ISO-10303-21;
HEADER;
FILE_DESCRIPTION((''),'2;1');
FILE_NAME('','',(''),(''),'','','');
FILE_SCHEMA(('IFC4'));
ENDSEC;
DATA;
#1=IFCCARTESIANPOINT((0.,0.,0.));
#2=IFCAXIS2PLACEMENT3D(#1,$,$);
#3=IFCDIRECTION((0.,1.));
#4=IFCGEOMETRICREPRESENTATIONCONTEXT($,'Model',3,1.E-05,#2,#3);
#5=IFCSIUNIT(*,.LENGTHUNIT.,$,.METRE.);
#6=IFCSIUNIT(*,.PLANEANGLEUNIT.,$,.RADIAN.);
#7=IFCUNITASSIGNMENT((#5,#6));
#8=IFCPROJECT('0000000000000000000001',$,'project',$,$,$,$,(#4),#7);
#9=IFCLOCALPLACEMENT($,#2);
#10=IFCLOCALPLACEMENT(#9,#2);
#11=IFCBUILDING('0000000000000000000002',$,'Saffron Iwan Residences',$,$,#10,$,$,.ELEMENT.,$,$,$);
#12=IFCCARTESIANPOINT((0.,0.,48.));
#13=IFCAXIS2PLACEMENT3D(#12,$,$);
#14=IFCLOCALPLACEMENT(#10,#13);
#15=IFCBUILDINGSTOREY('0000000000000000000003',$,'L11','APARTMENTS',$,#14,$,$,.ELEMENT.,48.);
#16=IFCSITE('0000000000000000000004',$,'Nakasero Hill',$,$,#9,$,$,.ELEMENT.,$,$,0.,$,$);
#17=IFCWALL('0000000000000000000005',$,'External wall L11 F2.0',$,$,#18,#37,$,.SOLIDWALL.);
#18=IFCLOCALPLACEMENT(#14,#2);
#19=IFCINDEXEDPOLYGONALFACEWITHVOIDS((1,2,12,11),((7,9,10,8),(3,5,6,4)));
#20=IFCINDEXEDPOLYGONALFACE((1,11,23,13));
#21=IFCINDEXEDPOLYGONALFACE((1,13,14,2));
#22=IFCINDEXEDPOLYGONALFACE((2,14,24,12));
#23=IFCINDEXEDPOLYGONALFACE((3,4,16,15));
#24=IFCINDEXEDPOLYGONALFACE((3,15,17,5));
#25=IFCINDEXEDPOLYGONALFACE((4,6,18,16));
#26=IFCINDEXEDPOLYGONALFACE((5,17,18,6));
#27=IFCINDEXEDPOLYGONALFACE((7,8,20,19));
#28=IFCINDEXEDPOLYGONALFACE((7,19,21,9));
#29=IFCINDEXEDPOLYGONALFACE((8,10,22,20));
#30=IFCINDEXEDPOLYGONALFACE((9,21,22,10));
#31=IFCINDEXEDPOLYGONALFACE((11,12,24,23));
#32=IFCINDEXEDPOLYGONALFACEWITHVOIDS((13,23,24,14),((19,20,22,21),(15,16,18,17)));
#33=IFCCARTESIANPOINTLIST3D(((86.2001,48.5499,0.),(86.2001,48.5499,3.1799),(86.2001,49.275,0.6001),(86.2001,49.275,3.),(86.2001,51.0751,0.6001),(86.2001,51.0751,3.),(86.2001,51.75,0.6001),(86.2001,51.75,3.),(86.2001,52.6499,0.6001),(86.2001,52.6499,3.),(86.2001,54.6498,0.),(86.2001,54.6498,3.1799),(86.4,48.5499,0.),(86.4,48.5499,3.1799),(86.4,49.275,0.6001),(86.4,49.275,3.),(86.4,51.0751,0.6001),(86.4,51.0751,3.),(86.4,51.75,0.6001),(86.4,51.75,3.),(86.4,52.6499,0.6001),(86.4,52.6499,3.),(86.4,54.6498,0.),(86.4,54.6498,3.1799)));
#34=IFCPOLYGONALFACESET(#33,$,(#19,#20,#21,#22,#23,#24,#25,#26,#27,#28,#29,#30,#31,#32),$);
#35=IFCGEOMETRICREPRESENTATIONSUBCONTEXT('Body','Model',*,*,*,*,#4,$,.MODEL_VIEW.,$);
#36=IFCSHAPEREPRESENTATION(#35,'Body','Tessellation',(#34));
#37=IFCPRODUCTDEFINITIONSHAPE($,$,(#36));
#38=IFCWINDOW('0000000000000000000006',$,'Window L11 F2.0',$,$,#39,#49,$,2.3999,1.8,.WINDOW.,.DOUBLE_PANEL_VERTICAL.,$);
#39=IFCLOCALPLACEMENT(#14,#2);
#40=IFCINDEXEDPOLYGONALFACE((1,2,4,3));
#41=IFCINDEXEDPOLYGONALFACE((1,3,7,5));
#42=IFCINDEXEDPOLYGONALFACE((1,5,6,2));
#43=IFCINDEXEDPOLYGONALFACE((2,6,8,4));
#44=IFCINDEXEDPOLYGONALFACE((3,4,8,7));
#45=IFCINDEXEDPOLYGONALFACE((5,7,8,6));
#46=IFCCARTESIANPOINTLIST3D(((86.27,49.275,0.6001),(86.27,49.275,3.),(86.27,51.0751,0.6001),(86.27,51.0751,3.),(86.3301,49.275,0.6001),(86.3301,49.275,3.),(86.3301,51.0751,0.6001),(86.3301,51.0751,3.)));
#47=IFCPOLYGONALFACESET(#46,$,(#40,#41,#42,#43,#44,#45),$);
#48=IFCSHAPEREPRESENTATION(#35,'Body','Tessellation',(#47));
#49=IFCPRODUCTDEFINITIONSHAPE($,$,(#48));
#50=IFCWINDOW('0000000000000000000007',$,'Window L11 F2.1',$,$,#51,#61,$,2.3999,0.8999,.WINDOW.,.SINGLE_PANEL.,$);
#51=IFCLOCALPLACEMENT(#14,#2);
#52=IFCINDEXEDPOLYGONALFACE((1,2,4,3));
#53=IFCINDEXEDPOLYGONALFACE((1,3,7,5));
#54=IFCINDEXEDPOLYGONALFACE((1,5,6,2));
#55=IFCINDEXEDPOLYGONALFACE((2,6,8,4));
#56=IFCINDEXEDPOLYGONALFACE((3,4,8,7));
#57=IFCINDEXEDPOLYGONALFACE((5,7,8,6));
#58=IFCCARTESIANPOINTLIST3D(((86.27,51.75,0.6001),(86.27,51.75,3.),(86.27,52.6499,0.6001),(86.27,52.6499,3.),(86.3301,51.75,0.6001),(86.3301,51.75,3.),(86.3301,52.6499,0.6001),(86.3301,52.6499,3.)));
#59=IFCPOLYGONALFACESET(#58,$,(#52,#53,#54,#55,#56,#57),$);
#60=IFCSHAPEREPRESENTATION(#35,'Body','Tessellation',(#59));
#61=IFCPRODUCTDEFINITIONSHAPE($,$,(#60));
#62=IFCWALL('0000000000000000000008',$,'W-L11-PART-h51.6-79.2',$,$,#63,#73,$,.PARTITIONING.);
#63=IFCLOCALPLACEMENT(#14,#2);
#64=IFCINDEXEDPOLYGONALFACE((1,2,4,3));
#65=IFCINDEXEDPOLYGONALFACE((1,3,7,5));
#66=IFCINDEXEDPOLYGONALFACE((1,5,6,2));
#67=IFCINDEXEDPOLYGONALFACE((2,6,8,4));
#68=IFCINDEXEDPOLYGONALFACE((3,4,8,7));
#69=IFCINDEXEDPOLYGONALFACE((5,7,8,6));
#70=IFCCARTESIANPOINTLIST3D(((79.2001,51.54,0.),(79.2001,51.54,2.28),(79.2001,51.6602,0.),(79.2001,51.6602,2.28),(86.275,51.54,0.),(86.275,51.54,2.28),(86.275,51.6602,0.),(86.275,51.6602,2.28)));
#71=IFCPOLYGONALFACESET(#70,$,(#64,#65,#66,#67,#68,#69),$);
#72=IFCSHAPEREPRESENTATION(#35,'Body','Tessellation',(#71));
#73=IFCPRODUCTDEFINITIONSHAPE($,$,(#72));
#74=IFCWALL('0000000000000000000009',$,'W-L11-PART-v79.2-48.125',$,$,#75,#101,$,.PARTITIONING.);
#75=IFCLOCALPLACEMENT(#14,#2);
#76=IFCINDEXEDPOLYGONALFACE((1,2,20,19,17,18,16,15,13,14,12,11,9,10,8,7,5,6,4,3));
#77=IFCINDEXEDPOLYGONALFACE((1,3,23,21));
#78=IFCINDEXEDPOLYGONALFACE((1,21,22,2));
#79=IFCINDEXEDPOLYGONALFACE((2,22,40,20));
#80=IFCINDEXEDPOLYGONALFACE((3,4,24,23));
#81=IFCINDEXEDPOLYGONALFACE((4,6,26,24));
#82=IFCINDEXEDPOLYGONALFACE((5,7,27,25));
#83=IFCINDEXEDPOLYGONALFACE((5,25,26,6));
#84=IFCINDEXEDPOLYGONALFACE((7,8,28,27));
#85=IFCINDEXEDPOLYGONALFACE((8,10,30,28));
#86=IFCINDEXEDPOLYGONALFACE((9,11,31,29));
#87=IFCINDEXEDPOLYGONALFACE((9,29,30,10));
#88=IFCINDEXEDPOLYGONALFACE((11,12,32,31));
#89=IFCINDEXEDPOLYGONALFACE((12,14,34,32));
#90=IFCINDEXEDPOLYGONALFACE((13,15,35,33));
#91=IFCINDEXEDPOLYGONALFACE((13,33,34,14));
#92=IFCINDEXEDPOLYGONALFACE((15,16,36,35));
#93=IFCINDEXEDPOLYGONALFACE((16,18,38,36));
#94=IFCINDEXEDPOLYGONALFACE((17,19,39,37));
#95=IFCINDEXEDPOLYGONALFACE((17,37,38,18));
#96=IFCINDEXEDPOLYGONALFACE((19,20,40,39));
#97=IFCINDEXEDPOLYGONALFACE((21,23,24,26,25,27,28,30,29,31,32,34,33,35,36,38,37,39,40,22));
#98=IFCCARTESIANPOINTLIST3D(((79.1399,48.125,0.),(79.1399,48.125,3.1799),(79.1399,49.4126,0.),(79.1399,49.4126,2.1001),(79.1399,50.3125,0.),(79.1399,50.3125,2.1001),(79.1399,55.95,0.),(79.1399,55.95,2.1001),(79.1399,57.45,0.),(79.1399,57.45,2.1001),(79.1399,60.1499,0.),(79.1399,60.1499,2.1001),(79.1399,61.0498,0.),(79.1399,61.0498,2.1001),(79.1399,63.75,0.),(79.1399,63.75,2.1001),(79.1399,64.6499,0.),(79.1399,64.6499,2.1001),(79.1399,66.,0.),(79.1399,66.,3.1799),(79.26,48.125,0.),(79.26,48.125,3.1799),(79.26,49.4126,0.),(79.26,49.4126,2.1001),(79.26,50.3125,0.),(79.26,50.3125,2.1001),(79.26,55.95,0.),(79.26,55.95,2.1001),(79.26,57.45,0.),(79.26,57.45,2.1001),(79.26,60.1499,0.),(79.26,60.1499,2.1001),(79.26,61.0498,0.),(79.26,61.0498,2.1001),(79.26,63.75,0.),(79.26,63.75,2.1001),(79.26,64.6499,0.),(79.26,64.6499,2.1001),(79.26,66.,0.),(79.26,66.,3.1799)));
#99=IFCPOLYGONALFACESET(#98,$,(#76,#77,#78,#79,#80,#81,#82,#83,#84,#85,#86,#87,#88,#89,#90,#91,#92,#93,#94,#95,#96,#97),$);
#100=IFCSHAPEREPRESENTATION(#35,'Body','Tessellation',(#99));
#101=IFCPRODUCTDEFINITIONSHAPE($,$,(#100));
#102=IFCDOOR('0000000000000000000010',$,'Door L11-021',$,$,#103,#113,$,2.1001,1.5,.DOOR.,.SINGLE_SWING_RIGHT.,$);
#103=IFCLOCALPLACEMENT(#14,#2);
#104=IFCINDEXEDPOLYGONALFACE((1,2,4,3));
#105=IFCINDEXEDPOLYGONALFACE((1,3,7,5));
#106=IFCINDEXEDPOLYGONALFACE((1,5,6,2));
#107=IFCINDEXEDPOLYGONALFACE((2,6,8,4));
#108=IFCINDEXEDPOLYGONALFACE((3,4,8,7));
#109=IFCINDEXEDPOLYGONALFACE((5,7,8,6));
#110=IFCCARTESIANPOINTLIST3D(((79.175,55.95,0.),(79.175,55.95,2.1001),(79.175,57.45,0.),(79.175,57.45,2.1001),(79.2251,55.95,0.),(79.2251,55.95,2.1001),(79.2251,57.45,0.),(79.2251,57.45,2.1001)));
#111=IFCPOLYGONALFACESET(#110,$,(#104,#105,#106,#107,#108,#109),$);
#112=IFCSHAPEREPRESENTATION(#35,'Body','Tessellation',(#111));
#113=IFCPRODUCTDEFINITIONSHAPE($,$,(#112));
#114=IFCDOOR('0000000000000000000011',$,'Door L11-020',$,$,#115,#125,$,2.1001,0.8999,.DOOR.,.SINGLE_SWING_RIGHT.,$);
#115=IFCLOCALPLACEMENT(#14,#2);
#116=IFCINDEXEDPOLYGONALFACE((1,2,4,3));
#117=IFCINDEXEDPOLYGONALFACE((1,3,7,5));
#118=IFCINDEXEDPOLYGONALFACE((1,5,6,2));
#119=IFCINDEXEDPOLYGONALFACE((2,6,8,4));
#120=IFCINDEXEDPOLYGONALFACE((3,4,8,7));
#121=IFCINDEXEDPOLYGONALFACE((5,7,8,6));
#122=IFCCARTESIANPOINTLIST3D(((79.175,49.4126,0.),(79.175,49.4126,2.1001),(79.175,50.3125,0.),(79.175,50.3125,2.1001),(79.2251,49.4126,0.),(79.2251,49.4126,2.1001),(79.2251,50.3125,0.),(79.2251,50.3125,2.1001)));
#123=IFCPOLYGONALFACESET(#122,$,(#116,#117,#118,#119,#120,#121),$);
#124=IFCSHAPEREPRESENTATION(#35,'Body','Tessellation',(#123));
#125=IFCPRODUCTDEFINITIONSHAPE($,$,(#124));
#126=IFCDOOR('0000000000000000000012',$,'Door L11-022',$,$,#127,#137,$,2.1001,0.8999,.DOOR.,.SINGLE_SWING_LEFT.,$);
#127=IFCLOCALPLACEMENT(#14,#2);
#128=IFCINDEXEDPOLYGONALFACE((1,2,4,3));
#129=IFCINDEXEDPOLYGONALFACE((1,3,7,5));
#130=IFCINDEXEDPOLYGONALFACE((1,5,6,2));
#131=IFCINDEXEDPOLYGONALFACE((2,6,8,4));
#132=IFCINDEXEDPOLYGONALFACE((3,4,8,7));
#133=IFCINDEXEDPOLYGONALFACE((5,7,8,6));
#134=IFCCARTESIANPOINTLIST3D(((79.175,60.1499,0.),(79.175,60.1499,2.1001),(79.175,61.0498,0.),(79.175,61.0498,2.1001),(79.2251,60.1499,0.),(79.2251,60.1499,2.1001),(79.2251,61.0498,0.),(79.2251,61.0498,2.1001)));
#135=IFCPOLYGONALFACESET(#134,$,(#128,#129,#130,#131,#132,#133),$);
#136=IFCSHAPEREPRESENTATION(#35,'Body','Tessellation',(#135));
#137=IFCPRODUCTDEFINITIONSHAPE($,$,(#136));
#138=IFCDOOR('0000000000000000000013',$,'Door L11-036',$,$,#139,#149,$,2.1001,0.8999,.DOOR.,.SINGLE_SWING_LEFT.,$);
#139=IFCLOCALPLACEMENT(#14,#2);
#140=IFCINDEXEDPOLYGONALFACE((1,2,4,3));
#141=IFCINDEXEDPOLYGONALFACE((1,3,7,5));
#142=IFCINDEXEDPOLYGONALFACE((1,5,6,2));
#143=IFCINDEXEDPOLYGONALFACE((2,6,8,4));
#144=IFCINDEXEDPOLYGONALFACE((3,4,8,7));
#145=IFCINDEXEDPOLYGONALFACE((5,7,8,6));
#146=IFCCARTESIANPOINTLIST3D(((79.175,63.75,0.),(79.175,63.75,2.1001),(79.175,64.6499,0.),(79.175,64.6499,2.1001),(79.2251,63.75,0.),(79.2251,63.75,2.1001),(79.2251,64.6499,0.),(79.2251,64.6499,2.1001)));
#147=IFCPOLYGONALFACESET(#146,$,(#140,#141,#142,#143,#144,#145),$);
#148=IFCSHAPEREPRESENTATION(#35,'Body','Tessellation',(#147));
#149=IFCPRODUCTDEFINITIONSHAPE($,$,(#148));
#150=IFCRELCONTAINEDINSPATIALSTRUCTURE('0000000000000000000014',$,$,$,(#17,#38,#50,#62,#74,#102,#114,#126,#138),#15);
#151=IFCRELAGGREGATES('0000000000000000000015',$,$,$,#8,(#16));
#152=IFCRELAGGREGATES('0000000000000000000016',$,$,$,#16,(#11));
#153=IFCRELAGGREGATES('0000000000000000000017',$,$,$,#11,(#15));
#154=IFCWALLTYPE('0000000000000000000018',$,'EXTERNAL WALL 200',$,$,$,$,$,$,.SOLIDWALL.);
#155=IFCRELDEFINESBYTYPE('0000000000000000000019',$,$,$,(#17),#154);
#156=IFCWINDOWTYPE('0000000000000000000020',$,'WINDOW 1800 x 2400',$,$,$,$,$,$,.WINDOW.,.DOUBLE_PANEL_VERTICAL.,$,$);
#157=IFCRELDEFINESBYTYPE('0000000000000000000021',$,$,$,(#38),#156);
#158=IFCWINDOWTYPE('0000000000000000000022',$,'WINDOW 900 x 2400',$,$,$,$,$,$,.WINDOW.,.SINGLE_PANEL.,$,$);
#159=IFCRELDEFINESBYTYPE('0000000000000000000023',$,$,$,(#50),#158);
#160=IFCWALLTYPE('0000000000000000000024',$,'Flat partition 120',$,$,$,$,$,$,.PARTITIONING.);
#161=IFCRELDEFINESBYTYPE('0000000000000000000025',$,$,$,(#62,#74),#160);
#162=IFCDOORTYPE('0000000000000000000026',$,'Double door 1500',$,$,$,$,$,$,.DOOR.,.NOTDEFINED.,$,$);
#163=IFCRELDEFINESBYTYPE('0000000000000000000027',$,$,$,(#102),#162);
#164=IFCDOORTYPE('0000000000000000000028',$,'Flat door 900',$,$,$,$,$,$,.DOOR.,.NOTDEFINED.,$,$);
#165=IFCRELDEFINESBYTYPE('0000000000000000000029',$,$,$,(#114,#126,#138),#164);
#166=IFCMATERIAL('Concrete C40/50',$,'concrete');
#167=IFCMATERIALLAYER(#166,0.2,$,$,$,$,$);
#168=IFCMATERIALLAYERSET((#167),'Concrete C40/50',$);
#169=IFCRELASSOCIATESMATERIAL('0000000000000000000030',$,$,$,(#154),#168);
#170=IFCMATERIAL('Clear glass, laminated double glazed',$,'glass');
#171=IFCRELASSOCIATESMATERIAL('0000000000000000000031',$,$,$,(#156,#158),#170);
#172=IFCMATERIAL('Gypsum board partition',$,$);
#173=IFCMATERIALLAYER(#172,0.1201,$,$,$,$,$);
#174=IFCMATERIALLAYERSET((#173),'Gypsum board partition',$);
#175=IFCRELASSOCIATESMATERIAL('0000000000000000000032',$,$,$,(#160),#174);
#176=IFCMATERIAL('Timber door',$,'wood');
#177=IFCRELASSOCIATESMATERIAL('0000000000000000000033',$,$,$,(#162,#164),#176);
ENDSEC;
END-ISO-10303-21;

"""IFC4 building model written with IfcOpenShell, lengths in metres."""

from ifc_helpers import new_model, si_unit, direction, frame, frame_2d, origin, place, context, subcontext, project, spatial, rectangle, extrude, material, layer, layer_set, type_object, element, fill, save


model = new_model("IFC4")

# Units and contexts
model_context = context("Model", 3, precision=1e-05, world=origin(), true_north=direction((0.0, 1.0)))
body_context = subcontext(model_context, "Body", "Model", "MODEL_VIEW")
ifc_project = project(units=[si_unit("LENGTHUNIT", "METRE"), si_unit("PLANEANGLEUNIT", "RADIAN")], contexts=[model_context])

# Site, building, storey
site_placement = place(None, origin())
site = spatial("IfcSite", under=ifc_project, at=site_placement, Name="Nakasero Hill", CompositionType="ELEMENT", RefElevation=0.0)
building_placement = place(site_placement, origin())
building = spatial("IfcBuilding", under=site, at=building_placement, Name="Saffron Iwan Residences", CompositionType="ELEMENT")
storey_placement = place(building_placement, frame((0.0, 0.0, 48.0)))
storey = spatial("IfcBuildingStorey", under=building, at=storey_placement, Name="L11", Description="APARTMENTS", CompositionType="ELEMENT", Elevation=48.0)

# Shared definitions
ifc_material_1 = material(Name="Concrete C40/50", Category="concrete")
ifc_layer_1 = layer(ifc_material_1, 0.2)
ifc_layer_set_1 = layer_set([ifc_layer_1], Name="Concrete C40/50")
wall_type_1 = type_object("IfcWallType", Name="EXTERNAL WALL 200", PredefinedType="SOLIDWALL", material=ifc_layer_set_1)
ifc_material_2 = material(Name="Clear glass, laminated double glazed", Category="glass")

# Wall, openings, windows
wall_1_placement = place(storey_placement, frame((86.3, 48.55, 0.0), z_axis=(0.0, 0.0, 1.0), x_axis=(0.0, 1.0, 0.0)))
wall_1 = element("IfcWall", 1, at=wall_1_placement, inside=storey, type_object=wall_type_1, Name="External wall L11 F2.0", PredefinedType="SOLIDWALL", context=body_context, shape_type="SweptSolid", body=[
    extrude(rectangle(XDim=6.0999, YDim=0.2, at=frame_2d((3.0498, 0.0))), origin(), (0.0, 0.0, 1.0), 3.1799),
])
opening_1_placement = place(wall_1_placement, frame((0.7251, 0.0, 0.6001)))
opening_1 = element("IfcOpeningElement", 2, at=opening_1_placement, cuts=wall_1, PredefinedType="OPENING", context=body_context, shape_type="SweptSolid", body=[
    extrude(rectangle(XDim=1.8, YDim=2.3999, at=frame_2d((0.8999, 1.2))), frame((0.0, 0.1099, 0.0), z_axis=(0.0, -1.0, 0.0), x_axis=(1.0, 0.0, 0.0)), (0.0, 0.0, 1.0), 0.22),
])
opening_2_placement = place(wall_1_placement, frame((3.2, 0.0, 0.6001)))
opening_2 = element("IfcOpeningElement", 3, at=opening_2_placement, cuts=wall_1, PredefinedType="OPENING", context=body_context, shape_type="SweptSolid", body=[
    extrude(rectangle(XDim=0.8999, YDim=2.3999, at=frame_2d((0.45, 1.2))), frame((0.0, 0.1099, 0.0), z_axis=(0.0, -1.0, 0.0), x_axis=(1.0, 0.0, 0.0)), (0.0, 0.0, 1.0), 0.22),
])
window_type_1 = type_object("IfcWindowType", Name="WINDOW 1800 x 2400", PartitioningType="DOUBLE_PANEL_VERTICAL", PredefinedType="WINDOW", material=ifc_material_2)
window_1_placement = place(opening_1_placement, origin())
window_1 = element("IfcWindow", 4, at=window_1_placement, inside=storey, type_object=window_type_1, Name="Window L11 F2.0", OverallHeight=2.3999, OverallWidth=1.8, PartitioningType="DOUBLE_PANEL_VERTICAL", PredefinedType="WINDOW", context=body_context, shape_type="SweptSolid", body=[
    extrude(rectangle(XDim=1.8, YDim=2.3999, at=frame_2d((0.8999, 1.2))), frame((0.0, 0.03, 0.0), z_axis=(0.0, -1.0, 0.0), x_axis=(1.0, 0.0, 0.0)), (0.0, 0.0, 1.0), 0.0601),
])
fill(opening_1, window_1)
window_type_2 = type_object("IfcWindowType", Name="WINDOW 900 x 2400", PartitioningType="SINGLE_PANEL", PredefinedType="WINDOW", material=ifc_material_2)
window_2_placement = place(opening_2_placement, origin())
window_2 = element("IfcWindow", 5, at=window_2_placement, inside=storey, type_object=window_type_2, Name="Window L11 F2.1", OverallHeight=2.3999, OverallWidth=0.8999, PartitioningType="SINGLE_PANEL", PredefinedType="WINDOW", context=body_context, shape_type="SweptSolid", body=[
    extrude(rectangle(XDim=0.8999, YDim=2.3999, at=frame_2d((0.45, 1.2))), frame((0.0, 0.03, 0.0), z_axis=(0.0, -1.0, 0.0), x_axis=(1.0, 0.0, 0.0)), (0.0, 0.0, 1.0), 0.0601),
])
fill(opening_2, window_2)

# Wall
ifc_material_3 = material(Name="Gypsum board partition")
ifc_layer_2 = layer(ifc_material_3, 0.1201)
ifc_layer_set_2 = layer_set([ifc_layer_2], Name="Gypsum board partition")
wall_type_2 = type_object("IfcWallType", Name="Flat partition 120", PredefinedType="PARTITIONING", material=ifc_layer_set_2)
wall_2_placement = place(storey_placement, frame((79.2, 51.6001, 0.0), z_axis=(0.0, 0.0, 1.0), x_axis=(1.0, 0.0, 0.0)))
element("IfcWall", 6, at=wall_2_placement, inside=storey, type_object=wall_type_2, Name="W-L11-PART-h51.6-79.2", PredefinedType="PARTITIONING", context=body_context, shape_type="SweptSolid", body=[
    extrude(rectangle(XDim=7.075, YDim=0.1201, at=frame_2d((3.5376, 0.0))), origin(), (0.0, 0.0, 1.0), 2.28),
])

# Wall, openings, doors
wall_3_placement = place(storey_placement, frame((79.2, 48.125, 0.0), z_axis=(0.0, 0.0, 1.0), x_axis=(0.0, 1.0, 0.0)))
wall_3 = element("IfcWall", 7, at=wall_3_placement, inside=storey, type_object=wall_type_2, Name="W-L11-PART-v79.2-48.125", PredefinedType="PARTITIONING", context=body_context, shape_type="SweptSolid", body=[
    extrude(rectangle(XDim=17.875, YDim=0.1201, at=frame_2d((8.9375, 0.0))), origin(), (0.0, 0.0, 1.0), 3.1799),
])
opening_3_placement = place(wall_3_placement, frame((1.2876, 0.0, 0.0)))
opening_3 = element("IfcOpeningElement", 8, at=opening_3_placement, cuts=wall_3, PredefinedType="OPENING", context=body_context, shape_type="SweptSolid", body=[
    extrude(rectangle(XDim=0.8999, YDim=2.1001, at=frame_2d((0.45, 1.05))), frame((0.0, 0.0701, 0.0), z_axis=(0.0, -1.0, 0.0), x_axis=(1.0, 0.0, 0.0)), (0.0, 0.0, 1.0), 0.1401),
])
opening_4_placement = place(wall_3_placement, frame((7.825, 0.0, 0.0)))
opening_4 = element("IfcOpeningElement", 9, at=opening_4_placement, cuts=wall_3, PredefinedType="OPENING", context=body_context, shape_type="SweptSolid", body=[
    extrude(rectangle(XDim=1.5, YDim=2.1001, at=frame_2d((0.75, 1.05))), frame((0.0, 0.0701, 0.0), z_axis=(0.0, -1.0, 0.0), x_axis=(1.0, 0.0, 0.0)), (0.0, 0.0, 1.0), 0.1401),
])
opening_5_placement = place(wall_3_placement, frame((12.0249, 0.0, 0.0)))
opening_5 = element("IfcOpeningElement", 10, at=opening_5_placement, cuts=wall_3, PredefinedType="OPENING", context=body_context, shape_type="SweptSolid", body=[
    extrude(rectangle(XDim=0.8999, YDim=2.1001, at=frame_2d((0.45, 1.05))), frame((0.0, 0.0701, 0.0), z_axis=(0.0, -1.0, 0.0), x_axis=(1.0, 0.0, 0.0)), (0.0, 0.0, 1.0), 0.1401),
])
opening_6_placement = place(wall_3_placement, frame((15.625, 0.0, 0.0)))
opening_6 = element("IfcOpeningElement", 11, at=opening_6_placement, cuts=wall_3, PredefinedType="OPENING", context=body_context, shape_type="SweptSolid", body=[
    extrude(rectangle(XDim=0.8999, YDim=2.1001, at=frame_2d((0.45, 1.05))), frame((0.0, 0.0701, 0.0), z_axis=(0.0, -1.0, 0.0), x_axis=(1.0, 0.0, 0.0)), (0.0, 0.0, 1.0), 0.1401),
])
ifc_material_4 = material(Name="Timber door", Category="wood")
door_type_1 = type_object("IfcDoorType", Name="Double door 1500", OperationType="NOTDEFINED", PredefinedType="DOOR", material=ifc_material_4)
door_1_placement = place(opening_4_placement, origin())
door_1 = element("IfcDoor", 12, at=door_1_placement, inside=storey, type_object=door_type_1, Name="Door L11-021", OperationType="SINGLE_SWING_RIGHT", OverallHeight=2.1001, OverallWidth=1.5, PredefinedType="DOOR", context=body_context, shape_type="SweptSolid", body=[
    extrude(rectangle(XDim=1.5, YDim=2.1001, at=frame_2d((0.75, 1.05))), frame((0.0, 0.0249, 0.0), z_axis=(0.0, -1.0, 0.0), x_axis=(1.0, 0.0, 0.0)), (0.0, 0.0, 1.0), 0.05),
])
fill(opening_4, door_1)
door_type_2 = type_object("IfcDoorType", Name="Flat door 900", OperationType="NOTDEFINED", PredefinedType="DOOR", material=ifc_material_4)
door_2_placement = place(opening_3_placement, origin())
door_2 = element("IfcDoor", 13, at=door_2_placement, inside=storey, type_object=door_type_2, Name="Door L11-020", OperationType="SINGLE_SWING_RIGHT", OverallHeight=2.1001, OverallWidth=0.8999, PredefinedType="DOOR", context=body_context, shape_type="SweptSolid", body=[
    extrude(rectangle(XDim=0.8999, YDim=2.1001, at=frame_2d((0.45, 1.05))), frame((0.0, 0.0249, 0.0), z_axis=(0.0, -1.0, 0.0), x_axis=(1.0, 0.0, 0.0)), (0.0, 0.0, 1.0), 0.05),
])
fill(opening_3, door_2)
door_3_placement = place(opening_5_placement, origin())
door_3 = element("IfcDoor", 14, at=door_3_placement, inside=storey, type_object=door_type_2, Name="Door L11-022", OperationType="SINGLE_SWING_LEFT", OverallHeight=2.1001, OverallWidth=0.8999, PredefinedType="DOOR", context=body_context, shape_type="SweptSolid", body=[
    extrude(rectangle(XDim=0.8999, YDim=2.1001, at=frame_2d((0.45, 1.05))), frame((0.0, 0.0249, 0.0), z_axis=(0.0, -1.0, 0.0), x_axis=(1.0, 0.0, 0.0)), (0.0, 0.0, 1.0), 0.05),
])
fill(opening_5, door_3)
door_4_placement = place(opening_6_placement, origin())
door_4 = element("IfcDoor", 15, at=door_4_placement, inside=storey, type_object=door_type_2, Name="Door L11-036", OperationType="SINGLE_SWING_LEFT", OverallHeight=2.1001, OverallWidth=0.8999, PredefinedType="DOOR", context=body_context, shape_type="SweptSolid", body=[
    extrude(rectangle(XDim=0.8999, YDim=2.1001, at=frame_2d((0.45, 1.05))), frame((0.0, 0.0249, 0.0), z_axis=(0.0, -1.0, 0.0), x_axis=(1.0, 0.0, 0.0)), (0.0, 0.0, 1.0), 0.05),
])
fill(opening_6, door_4)

save(model, "model.ifc")
